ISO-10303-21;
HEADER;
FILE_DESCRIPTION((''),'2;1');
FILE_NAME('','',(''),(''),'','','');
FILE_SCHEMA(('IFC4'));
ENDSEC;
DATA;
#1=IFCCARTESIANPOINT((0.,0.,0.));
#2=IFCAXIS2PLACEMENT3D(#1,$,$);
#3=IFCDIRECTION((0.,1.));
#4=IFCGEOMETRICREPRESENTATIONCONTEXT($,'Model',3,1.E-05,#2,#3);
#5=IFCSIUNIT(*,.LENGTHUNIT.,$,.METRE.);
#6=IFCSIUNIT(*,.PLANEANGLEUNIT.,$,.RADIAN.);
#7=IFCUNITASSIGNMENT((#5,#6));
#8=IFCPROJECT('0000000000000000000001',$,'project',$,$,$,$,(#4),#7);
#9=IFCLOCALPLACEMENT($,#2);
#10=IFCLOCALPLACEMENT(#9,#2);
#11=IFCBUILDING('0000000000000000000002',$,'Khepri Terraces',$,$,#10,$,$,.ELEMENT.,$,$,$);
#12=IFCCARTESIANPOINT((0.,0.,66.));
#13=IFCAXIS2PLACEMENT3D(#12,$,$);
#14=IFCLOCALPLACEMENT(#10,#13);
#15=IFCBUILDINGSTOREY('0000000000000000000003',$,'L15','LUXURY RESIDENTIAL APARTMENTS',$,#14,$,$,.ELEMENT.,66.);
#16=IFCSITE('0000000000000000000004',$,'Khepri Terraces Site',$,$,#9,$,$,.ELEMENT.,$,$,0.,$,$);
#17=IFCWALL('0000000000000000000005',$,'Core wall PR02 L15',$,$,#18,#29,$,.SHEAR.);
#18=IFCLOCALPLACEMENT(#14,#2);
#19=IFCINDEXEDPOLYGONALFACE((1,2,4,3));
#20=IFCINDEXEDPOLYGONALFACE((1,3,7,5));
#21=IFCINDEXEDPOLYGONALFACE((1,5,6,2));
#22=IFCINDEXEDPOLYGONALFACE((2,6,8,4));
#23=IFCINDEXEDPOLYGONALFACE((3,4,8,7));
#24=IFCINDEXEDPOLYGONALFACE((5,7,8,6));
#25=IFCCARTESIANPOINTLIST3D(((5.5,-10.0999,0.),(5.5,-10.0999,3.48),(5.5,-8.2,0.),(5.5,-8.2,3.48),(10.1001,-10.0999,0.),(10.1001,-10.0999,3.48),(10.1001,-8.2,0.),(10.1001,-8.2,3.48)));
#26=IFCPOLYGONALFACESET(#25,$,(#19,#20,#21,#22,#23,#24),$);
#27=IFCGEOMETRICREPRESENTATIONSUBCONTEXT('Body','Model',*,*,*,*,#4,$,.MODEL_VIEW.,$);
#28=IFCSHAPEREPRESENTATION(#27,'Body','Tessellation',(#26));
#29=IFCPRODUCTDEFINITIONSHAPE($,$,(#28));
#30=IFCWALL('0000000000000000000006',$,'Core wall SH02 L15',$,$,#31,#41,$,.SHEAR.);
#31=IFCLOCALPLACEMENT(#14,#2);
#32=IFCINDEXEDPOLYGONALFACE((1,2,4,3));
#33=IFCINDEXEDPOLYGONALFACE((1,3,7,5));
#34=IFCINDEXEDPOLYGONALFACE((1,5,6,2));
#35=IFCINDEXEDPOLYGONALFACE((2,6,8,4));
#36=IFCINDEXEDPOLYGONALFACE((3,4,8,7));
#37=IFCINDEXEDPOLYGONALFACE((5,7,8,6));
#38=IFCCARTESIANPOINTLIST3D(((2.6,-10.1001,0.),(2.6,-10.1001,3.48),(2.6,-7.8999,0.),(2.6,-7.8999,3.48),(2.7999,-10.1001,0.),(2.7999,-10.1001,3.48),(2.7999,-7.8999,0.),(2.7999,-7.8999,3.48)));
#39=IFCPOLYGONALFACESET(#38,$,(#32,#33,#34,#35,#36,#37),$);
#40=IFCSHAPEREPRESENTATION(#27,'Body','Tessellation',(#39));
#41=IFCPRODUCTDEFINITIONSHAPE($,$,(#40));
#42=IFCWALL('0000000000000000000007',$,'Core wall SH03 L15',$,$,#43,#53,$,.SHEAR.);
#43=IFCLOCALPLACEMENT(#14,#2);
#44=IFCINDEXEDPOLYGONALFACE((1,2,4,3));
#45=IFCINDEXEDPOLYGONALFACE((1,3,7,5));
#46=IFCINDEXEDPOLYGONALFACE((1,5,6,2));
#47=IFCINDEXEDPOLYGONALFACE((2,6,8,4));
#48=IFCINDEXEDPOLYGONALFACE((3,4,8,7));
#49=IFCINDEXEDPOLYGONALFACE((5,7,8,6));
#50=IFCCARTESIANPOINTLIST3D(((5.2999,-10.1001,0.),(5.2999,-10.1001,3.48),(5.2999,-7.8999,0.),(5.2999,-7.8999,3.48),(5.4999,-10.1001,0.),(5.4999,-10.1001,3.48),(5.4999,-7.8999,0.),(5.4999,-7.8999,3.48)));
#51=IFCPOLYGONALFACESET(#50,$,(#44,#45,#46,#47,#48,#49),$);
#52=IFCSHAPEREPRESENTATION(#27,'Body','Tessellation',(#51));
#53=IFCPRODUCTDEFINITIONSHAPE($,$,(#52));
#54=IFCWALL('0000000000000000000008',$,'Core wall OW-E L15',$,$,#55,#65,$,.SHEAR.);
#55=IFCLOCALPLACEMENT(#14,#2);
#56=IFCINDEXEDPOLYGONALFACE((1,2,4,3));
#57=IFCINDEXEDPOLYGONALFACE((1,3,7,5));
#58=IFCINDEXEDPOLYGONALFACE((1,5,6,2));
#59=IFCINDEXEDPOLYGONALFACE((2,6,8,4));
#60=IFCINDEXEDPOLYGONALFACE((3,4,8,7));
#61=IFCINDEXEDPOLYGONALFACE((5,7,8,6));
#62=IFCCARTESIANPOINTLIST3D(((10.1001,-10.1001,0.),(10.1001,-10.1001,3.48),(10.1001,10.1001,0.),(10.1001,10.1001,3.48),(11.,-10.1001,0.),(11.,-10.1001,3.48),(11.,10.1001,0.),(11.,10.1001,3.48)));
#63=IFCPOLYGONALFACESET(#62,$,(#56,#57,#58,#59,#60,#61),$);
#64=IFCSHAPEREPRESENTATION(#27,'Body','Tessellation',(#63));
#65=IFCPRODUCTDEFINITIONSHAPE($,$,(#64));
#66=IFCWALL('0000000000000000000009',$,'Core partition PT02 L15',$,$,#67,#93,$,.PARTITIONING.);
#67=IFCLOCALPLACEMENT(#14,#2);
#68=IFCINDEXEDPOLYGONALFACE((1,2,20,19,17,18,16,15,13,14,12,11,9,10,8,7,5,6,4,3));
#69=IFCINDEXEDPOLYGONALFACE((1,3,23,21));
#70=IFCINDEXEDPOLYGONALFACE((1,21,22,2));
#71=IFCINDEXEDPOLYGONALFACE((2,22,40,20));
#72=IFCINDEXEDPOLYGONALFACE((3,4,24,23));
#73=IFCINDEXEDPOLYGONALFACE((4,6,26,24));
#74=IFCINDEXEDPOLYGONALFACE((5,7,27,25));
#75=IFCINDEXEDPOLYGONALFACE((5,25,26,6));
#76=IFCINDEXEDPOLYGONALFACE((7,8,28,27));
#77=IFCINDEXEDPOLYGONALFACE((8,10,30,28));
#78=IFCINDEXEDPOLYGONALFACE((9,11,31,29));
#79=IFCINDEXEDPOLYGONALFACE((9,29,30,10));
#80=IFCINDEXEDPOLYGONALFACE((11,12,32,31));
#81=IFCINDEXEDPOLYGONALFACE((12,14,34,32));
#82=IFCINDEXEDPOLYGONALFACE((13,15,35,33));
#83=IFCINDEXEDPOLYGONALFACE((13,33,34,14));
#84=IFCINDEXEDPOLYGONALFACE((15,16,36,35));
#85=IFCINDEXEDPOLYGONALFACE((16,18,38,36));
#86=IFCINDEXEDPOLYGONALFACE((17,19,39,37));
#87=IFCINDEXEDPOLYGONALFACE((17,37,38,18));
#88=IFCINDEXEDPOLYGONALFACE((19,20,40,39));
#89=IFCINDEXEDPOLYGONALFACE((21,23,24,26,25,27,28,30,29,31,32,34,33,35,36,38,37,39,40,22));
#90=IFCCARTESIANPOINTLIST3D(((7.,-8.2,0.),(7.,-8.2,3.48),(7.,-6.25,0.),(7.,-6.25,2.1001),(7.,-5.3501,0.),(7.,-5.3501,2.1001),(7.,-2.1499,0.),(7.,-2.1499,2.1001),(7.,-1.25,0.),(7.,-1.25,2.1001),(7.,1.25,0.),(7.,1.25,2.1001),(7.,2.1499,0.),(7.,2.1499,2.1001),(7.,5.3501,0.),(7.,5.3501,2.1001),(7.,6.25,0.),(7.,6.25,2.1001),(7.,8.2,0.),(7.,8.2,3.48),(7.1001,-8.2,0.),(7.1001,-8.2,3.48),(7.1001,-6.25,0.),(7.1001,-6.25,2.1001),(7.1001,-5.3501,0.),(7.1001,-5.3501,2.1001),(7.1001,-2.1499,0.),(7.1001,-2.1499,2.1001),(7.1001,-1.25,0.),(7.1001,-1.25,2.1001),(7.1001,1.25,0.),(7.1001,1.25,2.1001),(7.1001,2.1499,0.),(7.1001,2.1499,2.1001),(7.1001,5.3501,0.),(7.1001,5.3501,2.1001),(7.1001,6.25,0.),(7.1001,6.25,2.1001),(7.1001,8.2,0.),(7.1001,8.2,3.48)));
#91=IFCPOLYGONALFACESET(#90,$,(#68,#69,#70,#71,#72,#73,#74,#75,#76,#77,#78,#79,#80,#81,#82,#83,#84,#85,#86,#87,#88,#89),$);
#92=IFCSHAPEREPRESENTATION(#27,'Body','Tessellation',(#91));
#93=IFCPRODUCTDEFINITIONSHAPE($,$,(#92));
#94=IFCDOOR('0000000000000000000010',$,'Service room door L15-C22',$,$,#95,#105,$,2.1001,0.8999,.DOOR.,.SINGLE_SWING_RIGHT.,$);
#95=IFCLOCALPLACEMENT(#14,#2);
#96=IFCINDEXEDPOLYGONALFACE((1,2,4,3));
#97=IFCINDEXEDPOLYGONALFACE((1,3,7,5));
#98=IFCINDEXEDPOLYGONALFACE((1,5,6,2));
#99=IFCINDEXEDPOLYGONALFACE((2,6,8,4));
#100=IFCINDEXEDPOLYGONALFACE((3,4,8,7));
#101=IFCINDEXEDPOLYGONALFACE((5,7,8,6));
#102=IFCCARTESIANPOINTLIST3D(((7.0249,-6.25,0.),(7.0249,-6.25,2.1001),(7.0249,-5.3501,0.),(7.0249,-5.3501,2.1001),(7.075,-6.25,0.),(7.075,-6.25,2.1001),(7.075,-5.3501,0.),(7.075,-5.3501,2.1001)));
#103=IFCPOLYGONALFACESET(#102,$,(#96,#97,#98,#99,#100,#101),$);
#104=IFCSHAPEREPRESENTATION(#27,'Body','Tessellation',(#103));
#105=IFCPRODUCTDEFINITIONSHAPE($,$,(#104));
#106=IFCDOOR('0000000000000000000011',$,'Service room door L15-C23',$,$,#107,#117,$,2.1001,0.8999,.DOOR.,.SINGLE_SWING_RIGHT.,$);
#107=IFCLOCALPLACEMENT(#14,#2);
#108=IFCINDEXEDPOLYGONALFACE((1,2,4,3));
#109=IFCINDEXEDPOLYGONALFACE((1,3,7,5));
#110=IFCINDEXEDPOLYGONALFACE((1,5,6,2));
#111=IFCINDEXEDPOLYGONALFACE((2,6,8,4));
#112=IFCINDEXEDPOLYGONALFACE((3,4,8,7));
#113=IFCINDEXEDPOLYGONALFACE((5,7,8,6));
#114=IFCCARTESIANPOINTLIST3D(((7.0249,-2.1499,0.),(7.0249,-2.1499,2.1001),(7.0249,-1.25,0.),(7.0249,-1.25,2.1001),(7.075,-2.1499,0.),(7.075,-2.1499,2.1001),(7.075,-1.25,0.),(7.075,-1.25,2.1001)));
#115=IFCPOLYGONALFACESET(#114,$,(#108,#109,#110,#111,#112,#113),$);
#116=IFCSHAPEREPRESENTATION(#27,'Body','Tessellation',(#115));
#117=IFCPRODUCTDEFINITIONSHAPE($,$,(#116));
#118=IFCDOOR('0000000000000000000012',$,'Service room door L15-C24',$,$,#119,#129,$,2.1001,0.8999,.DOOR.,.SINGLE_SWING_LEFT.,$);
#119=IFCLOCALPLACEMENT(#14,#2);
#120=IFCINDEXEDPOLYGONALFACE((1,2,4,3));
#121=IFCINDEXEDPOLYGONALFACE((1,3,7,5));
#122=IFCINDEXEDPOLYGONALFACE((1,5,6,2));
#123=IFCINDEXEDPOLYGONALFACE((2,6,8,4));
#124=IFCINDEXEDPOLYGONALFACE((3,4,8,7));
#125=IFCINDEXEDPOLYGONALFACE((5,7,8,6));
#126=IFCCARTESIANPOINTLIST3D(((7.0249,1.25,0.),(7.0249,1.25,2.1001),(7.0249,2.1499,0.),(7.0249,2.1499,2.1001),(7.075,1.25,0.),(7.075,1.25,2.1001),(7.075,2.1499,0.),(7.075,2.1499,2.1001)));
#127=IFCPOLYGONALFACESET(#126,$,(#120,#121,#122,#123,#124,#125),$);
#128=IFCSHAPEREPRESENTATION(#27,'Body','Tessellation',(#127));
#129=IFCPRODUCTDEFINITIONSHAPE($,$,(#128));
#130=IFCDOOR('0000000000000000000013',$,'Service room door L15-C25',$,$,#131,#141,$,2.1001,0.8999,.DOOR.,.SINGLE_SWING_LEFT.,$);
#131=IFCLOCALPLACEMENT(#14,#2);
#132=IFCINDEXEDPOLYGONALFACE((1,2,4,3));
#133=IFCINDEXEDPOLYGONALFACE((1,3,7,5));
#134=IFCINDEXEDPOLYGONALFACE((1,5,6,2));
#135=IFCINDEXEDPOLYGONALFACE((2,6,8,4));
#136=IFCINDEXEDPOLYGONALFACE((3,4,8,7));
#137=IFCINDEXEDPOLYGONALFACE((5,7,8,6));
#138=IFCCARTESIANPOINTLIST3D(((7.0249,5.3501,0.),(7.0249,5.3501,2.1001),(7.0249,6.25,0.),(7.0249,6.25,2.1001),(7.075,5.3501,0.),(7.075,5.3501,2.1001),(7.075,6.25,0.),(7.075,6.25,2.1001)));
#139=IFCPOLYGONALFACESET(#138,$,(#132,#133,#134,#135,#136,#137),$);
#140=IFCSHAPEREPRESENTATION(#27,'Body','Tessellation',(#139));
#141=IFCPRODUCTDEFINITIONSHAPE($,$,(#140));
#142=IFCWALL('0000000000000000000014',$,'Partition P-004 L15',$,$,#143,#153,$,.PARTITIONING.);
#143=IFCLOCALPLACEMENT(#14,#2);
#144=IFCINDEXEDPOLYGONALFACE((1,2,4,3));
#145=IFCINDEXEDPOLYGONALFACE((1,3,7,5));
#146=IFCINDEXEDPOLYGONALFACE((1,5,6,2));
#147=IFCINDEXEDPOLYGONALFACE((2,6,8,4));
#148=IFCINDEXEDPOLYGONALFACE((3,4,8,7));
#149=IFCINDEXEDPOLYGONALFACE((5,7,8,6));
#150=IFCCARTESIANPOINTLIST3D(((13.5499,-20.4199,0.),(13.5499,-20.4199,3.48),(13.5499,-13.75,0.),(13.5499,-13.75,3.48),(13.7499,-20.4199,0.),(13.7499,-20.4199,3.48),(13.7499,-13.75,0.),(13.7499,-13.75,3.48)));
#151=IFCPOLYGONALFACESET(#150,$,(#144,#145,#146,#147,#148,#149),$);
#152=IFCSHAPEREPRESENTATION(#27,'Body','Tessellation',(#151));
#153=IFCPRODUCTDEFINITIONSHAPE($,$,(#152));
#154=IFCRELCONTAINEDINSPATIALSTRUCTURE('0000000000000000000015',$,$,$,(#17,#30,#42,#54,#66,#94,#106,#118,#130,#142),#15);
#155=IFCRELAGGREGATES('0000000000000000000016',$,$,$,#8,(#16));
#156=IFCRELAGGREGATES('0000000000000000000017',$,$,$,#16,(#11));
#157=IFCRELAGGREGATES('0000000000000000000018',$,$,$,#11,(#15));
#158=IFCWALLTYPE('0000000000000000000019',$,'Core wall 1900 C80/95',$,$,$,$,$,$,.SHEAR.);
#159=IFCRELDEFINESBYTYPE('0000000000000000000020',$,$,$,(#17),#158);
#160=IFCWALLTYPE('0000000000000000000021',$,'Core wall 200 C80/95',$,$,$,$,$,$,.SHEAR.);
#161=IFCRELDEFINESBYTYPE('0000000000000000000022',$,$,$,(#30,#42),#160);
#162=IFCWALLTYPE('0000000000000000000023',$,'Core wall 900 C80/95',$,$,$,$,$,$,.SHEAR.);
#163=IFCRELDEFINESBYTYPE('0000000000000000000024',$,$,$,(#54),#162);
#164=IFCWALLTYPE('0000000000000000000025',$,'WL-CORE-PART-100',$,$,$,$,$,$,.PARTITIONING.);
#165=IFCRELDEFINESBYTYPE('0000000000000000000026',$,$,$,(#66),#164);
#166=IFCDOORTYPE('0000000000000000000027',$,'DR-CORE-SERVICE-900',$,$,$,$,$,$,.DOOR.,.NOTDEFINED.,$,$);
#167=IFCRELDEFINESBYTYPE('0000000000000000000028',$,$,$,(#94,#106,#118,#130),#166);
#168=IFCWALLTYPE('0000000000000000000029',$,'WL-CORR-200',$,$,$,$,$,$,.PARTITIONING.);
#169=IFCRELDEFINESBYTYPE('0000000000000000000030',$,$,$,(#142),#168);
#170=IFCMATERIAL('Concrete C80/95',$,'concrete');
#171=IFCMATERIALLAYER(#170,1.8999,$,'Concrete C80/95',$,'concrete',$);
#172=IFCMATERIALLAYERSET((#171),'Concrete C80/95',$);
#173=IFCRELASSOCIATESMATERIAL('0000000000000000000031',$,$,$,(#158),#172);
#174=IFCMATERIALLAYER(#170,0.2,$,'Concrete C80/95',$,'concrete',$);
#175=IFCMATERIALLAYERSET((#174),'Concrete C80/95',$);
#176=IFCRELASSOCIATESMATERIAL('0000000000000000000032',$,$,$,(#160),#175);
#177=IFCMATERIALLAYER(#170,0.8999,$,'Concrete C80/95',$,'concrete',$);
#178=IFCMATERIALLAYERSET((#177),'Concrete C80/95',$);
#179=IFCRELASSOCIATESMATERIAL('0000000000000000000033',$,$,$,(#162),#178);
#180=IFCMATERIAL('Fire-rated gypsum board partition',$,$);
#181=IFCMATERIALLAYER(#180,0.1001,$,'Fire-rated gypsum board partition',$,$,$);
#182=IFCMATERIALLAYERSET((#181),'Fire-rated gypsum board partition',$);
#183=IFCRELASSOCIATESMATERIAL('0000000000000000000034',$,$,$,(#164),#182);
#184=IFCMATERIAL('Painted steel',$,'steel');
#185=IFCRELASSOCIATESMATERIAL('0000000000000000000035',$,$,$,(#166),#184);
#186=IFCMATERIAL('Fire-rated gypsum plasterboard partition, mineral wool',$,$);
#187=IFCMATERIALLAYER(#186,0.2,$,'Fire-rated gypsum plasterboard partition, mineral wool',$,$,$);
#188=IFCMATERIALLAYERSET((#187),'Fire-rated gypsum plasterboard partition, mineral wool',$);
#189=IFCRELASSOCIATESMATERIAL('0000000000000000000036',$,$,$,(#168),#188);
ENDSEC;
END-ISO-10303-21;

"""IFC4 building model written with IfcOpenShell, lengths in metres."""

from ifc_helpers import new_model, si_unit, direction, frame, frame_2d, origin, place, context, subcontext, project, spatial, rectangle, extrude, material, layer, layer_set, type_object, element, fill, save


model = new_model("IFC4")

# Units and contexts
model_context = context("Model", 3, precision=1e-05, world=origin(), true_north=direction((0.0, 1.0)))
body_context = subcontext(model_context, "Body", "Model", "MODEL_VIEW")
ifc_project = project(units=[si_unit("LENGTHUNIT", "METRE"), si_unit("PLANEANGLEUNIT", "RADIAN")], contexts=[model_context])

# Site, building, storey
site_placement = place(None, origin())
site = spatial("IfcSite", under=ifc_project, at=site_placement, Name="Khepri Terraces Site", CompositionType="ELEMENT", RefElevation=0.0)
building_placement = place(site_placement, origin())
building = spatial("IfcBuilding", under=site, at=building_placement, Name="Khepri Terraces", CompositionType="ELEMENT")
storey_placement = place(building_placement, frame((0.0, 0.0, 66.0)))
storey = spatial("IfcBuildingStorey", under=building, at=storey_placement, Name="L15", Description="LUXURY RESIDENTIAL APARTMENTS", CompositionType="ELEMENT", Elevation=66.0)

# Walls
ifc_material_1 = material(Name="Concrete C80/95", Category="concrete")
ifc_layer_1 = layer(ifc_material_1, 1.8999, Name="Concrete C80/95", Category="concrete")
ifc_layer_set_1 = layer_set([ifc_layer_1], Name="Concrete C80/95")
wall_type_1 = type_object("IfcWallType", Name="Core wall 1900 C80/95", PredefinedType="SHEAR", material=ifc_layer_set_1)
wall_1_placement = place(storey_placement, frame((5.5, -9.1499, 0.0), z_axis=(0.0, 0.0, 1.0), x_axis=(1.0, 0.0, 0.0)))
element("IfcWall", 1, at=wall_1_placement, inside=storey, type_object=wall_type_1, Name="Core wall PR02 L15", PredefinedType="SHEAR", context=body_context, shape_type="SweptSolid", body=[
    extrude(rectangle(XDim=4.6001, YDim=1.8999, at=frame_2d((2.3, 0.0))), origin(), (0.0, 0.0, 1.0), 3.48),
])
ifc_layer_2 = layer(ifc_material_1, 0.2, Name="Concrete C80/95", Category="concrete")
ifc_layer_set_2 = layer_set([ifc_layer_2], Name="Concrete C80/95")
wall_type_2 = type_object("IfcWallType", Name="Core wall 200 C80/95", PredefinedType="SHEAR", material=ifc_layer_set_2)
for number, where, z_axis, x_axis, name in (
    (2, (2.7, -10.1001, 0.0), (0.0, 0.0, 1.0), (0.0, 1.0, 0.0), "Core wall SH02 L15"),
    (3, (5.3999, -10.1001, 0.0), (0.0, 0.0, 1.0), (0.0, 1.0, 0.0), "Core wall SH03 L15"),
):
    element("IfcWall", number, at=place(storey_placement, frame(where, z_axis=z_axis, x_axis=x_axis)), inside=storey, type_object=wall_type_2, Name=name, PredefinedType="SHEAR", context=body_context, shape_type="SweptSolid", body=[
        extrude(rectangle(XDim=2.2002, YDim=0.2, at=frame_2d((1.1001, 0.0))), origin(), (0.0, 0.0, 1.0), 3.48),
    ])
ifc_layer_3 = layer(ifc_material_1, 0.8999, Name="Concrete C80/95", Category="concrete")
ifc_layer_set_3 = layer_set([ifc_layer_3], Name="Concrete C80/95")
wall_type_3 = type_object("IfcWallType", Name="Core wall 900 C80/95", PredefinedType="SHEAR", material=ifc_layer_set_3)
wall_2_placement = place(storey_placement, frame((10.55, -10.1001, 0.0), z_axis=(0.0, 0.0, 1.0), x_axis=(0.0, 1.0, 0.0)))
element("IfcWall", 4, at=wall_2_placement, inside=storey, type_object=wall_type_3, Name="Core wall OW-E L15", PredefinedType="SHEAR", context=body_context, shape_type="SweptSolid", body=[
    extrude(rectangle(XDim=20.2002, YDim=0.8999, at=frame_2d((10.1001, 0.0))), origin(), (0.0, 0.0, 1.0), 3.48),
])

# Wall, openings, doors
ifc_material_2 = material(Name="Fire-rated gypsum board partition")
ifc_layer_4 = layer(ifc_material_2, 0.1001, Name="Fire-rated gypsum board partition")
ifc_layer_set_4 = layer_set([ifc_layer_4], Name="Fire-rated gypsum board partition")
wall_type_4 = type_object("IfcWallType", Name="WL-CORE-PART-100", PredefinedType="PARTITIONING", material=ifc_layer_set_4)
wall_3_placement = place(storey_placement, frame((7.05, -8.2, 0.0), z_axis=(0.0, 0.0, 1.0), x_axis=(0.0, 1.0, 0.0)))
wall_3 = element("IfcWall", 5, at=wall_3_placement, inside=storey, type_object=wall_type_4, Name="Core partition PT02 L15", PredefinedType="PARTITIONING", context=body_context, shape_type="SweptSolid", body=[
    extrude(rectangle(XDim=16.3999, YDim=0.1001, at=frame_2d((8.2, 0.0))), origin(), (0.0, 0.0, 1.0), 3.48),
])
opening_1_placement = place(wall_3_placement, frame((1.95, 0.0, 0.0)))
opening_1 = element("IfcOpeningElement", 6, at=opening_1_placement, cuts=wall_3, PredefinedType="OPENING", context=body_context, shape_type="SweptSolid", body=[
    extrude(rectangle(XDim=0.8999, YDim=2.1001, at=frame_2d((0.45, 1.05))), frame((0.0, 0.0601, 0.0), z_axis=(0.0, -1.0, 0.0), x_axis=(1.0, 0.0, 0.0)), (0.0, 0.0, 1.0), 0.1201),
])
opening_2_placement = place(wall_3_placement, frame((6.05, 0.0, 0.0)))
opening_2 = element("IfcOpeningElement", 7, at=opening_2_placement, cuts=wall_3, PredefinedType="OPENING", context=body_context, shape_type="SweptSolid", body=[
    extrude(rectangle(XDim=0.8999, YDim=2.1001, at=frame_2d((0.45, 1.05))), frame((0.0, 0.0601, 0.0), z_axis=(0.0, -1.0, 0.0), x_axis=(1.0, 0.0, 0.0)), (0.0, 0.0, 1.0), 0.1201),
])
opening_3_placement = place(wall_3_placement, frame((9.45, 0.0, 0.0)))
opening_3 = element("IfcOpeningElement", 8, at=opening_3_placement, cuts=wall_3, PredefinedType="OPENING", context=body_context, shape_type="SweptSolid", body=[
    extrude(rectangle(XDim=0.8999, YDim=2.1001, at=frame_2d((0.45, 1.05))), frame((0.0, 0.0601, 0.0), z_axis=(0.0, -1.0, 0.0), x_axis=(1.0, 0.0, 0.0)), (0.0, 0.0, 1.0), 0.1201),
])
opening_4_placement = place(wall_3_placement, frame((13.55, 0.0, 0.0)))
opening_4 = element("IfcOpeningElement", 9, at=opening_4_placement, cuts=wall_3, PredefinedType="OPENING", context=body_context, shape_type="SweptSolid", body=[
    extrude(rectangle(XDim=0.8999, YDim=2.1001, at=frame_2d((0.45, 1.05))), frame((0.0, 0.0601, 0.0), z_axis=(0.0, -1.0, 0.0), x_axis=(1.0, 0.0, 0.0)), (0.0, 0.0, 1.0), 0.1201),
])
ifc_material_3 = material(Name="Painted steel", Category="steel")
door_type_1 = type_object("IfcDoorType", Name="DR-CORE-SERVICE-900", OperationType="NOTDEFINED", PredefinedType="DOOR", material=ifc_material_3)
door_1_placement = place(opening_1_placement, frame((0.8999, 0.0, 0.0), z_axis=(0.0, 0.0, 1.0), x_axis=(-1.0, 0.0, 0.0)))
door_1 = element("IfcDoor", 10, at=door_1_placement, inside=storey, type_object=door_type_1, Name="Service room door L15-C22", OperationType="SINGLE_SWING_RIGHT", OverallHeight=2.1001, OverallWidth=0.8999, PredefinedType="DOOR", context=body_context, shape_type="SweptSolid", body=[
    extrude(rectangle(XDim=0.8999, YDim=2.1001, at=frame_2d((0.45, 1.05))), frame((0.0, 0.0249, 0.0), z_axis=(0.0, -1.0, 0.0), x_axis=(1.0, 0.0, 0.0)), (0.0, 0.0, 1.0), 0.05),
])
fill(opening_1, door_1)
door_2_placement = place(opening_2_placement, frame((0.8999, 0.0, 0.0), z_axis=(0.0, 0.0, 1.0), x_axis=(-1.0, 0.0, 0.0)))
door_2 = element("IfcDoor", 11, at=door_2_placement, inside=storey, type_object=door_type_1, Name="Service room door L15-C23", OperationType="SINGLE_SWING_RIGHT", OverallHeight=2.1001, OverallWidth=0.8999, PredefinedType="DOOR", context=body_context, shape_type="SweptSolid", body=[
    extrude(rectangle(XDim=0.8999, YDim=2.1001, at=frame_2d((0.45, 1.05))), frame((0.0, 0.0249, 0.0), z_axis=(0.0, -1.0, 0.0), x_axis=(1.0, 0.0, 0.0)), (0.0, 0.0, 1.0), 0.05),
])
fill(opening_2, door_2)
door_3_placement = place(opening_3_placement, frame((0.8999, 0.0, 0.0), z_axis=(0.0, 0.0, 1.0), x_axis=(-1.0, 0.0, 0.0)))
door_3 = element("IfcDoor", 12, at=door_3_placement, inside=storey, type_object=door_type_1, Name="Service room door L15-C24", OperationType="SINGLE_SWING_LEFT", OverallHeight=2.1001, OverallWidth=0.8999, PredefinedType="DOOR", context=body_context, shape_type="SweptSolid", body=[
    extrude(rectangle(XDim=0.8999, YDim=2.1001, at=frame_2d((0.45, 1.05))), frame((0.0, 0.0249, 0.0), z_axis=(0.0, -1.0, 0.0), x_axis=(1.0, 0.0, 0.0)), (0.0, 0.0, 1.0), 0.05),
])
fill(opening_3, door_3)
door_4_placement = place(opening_4_placement, frame((0.8999, 0.0, 0.0), z_axis=(0.0, 0.0, 1.0), x_axis=(-1.0, 0.0, 0.0)))
door_4 = element("IfcDoor", 13, at=door_4_placement, inside=storey, type_object=door_type_1, Name="Service room door L15-C25", OperationType="SINGLE_SWING_LEFT", OverallHeight=2.1001, OverallWidth=0.8999, PredefinedType="DOOR", context=body_context, shape_type="SweptSolid", body=[
    extrude(rectangle(XDim=0.8999, YDim=2.1001, at=frame_2d((0.45, 1.05))), frame((0.0, 0.0249, 0.0), z_axis=(0.0, -1.0, 0.0), x_axis=(1.0, 0.0, 0.0)), (0.0, 0.0, 1.0), 0.05),
])
fill(opening_4, door_4)

# Wall
ifc_material_4 = material(Name="Fire-rated gypsum plasterboard partition, mineral wool")
ifc_layer_5 = layer(ifc_material_4, 0.2, Name="Fire-rated gypsum plasterboard partition, mineral wool")
ifc_layer_set_5 = layer_set([ifc_layer_5], Name="Fire-rated gypsum plasterboard partition, mineral wool")
wall_type_5 = type_object("IfcWallType", Name="WL-CORR-200", PredefinedType="PARTITIONING", material=ifc_layer_set_5)
wall_4_placement = place(storey_placement, frame((13.6499, -20.4199, 0.0), z_axis=(0.0, 0.0, 1.0), x_axis=(0.0, 1.0, 0.0)))
element("IfcWall", 14, at=wall_4_placement, inside=storey, type_object=wall_type_5, Name="Partition P-004 L15", PredefinedType="PARTITIONING", context=body_context, shape_type="SweptSolid", body=[
    extrude(rectangle(XDim=6.6699, YDim=0.2, at=frame_2d((3.335, 0.0))), origin(), (0.0, 0.0, 1.0), 3.48),
])

save(model, "model.ifc")
